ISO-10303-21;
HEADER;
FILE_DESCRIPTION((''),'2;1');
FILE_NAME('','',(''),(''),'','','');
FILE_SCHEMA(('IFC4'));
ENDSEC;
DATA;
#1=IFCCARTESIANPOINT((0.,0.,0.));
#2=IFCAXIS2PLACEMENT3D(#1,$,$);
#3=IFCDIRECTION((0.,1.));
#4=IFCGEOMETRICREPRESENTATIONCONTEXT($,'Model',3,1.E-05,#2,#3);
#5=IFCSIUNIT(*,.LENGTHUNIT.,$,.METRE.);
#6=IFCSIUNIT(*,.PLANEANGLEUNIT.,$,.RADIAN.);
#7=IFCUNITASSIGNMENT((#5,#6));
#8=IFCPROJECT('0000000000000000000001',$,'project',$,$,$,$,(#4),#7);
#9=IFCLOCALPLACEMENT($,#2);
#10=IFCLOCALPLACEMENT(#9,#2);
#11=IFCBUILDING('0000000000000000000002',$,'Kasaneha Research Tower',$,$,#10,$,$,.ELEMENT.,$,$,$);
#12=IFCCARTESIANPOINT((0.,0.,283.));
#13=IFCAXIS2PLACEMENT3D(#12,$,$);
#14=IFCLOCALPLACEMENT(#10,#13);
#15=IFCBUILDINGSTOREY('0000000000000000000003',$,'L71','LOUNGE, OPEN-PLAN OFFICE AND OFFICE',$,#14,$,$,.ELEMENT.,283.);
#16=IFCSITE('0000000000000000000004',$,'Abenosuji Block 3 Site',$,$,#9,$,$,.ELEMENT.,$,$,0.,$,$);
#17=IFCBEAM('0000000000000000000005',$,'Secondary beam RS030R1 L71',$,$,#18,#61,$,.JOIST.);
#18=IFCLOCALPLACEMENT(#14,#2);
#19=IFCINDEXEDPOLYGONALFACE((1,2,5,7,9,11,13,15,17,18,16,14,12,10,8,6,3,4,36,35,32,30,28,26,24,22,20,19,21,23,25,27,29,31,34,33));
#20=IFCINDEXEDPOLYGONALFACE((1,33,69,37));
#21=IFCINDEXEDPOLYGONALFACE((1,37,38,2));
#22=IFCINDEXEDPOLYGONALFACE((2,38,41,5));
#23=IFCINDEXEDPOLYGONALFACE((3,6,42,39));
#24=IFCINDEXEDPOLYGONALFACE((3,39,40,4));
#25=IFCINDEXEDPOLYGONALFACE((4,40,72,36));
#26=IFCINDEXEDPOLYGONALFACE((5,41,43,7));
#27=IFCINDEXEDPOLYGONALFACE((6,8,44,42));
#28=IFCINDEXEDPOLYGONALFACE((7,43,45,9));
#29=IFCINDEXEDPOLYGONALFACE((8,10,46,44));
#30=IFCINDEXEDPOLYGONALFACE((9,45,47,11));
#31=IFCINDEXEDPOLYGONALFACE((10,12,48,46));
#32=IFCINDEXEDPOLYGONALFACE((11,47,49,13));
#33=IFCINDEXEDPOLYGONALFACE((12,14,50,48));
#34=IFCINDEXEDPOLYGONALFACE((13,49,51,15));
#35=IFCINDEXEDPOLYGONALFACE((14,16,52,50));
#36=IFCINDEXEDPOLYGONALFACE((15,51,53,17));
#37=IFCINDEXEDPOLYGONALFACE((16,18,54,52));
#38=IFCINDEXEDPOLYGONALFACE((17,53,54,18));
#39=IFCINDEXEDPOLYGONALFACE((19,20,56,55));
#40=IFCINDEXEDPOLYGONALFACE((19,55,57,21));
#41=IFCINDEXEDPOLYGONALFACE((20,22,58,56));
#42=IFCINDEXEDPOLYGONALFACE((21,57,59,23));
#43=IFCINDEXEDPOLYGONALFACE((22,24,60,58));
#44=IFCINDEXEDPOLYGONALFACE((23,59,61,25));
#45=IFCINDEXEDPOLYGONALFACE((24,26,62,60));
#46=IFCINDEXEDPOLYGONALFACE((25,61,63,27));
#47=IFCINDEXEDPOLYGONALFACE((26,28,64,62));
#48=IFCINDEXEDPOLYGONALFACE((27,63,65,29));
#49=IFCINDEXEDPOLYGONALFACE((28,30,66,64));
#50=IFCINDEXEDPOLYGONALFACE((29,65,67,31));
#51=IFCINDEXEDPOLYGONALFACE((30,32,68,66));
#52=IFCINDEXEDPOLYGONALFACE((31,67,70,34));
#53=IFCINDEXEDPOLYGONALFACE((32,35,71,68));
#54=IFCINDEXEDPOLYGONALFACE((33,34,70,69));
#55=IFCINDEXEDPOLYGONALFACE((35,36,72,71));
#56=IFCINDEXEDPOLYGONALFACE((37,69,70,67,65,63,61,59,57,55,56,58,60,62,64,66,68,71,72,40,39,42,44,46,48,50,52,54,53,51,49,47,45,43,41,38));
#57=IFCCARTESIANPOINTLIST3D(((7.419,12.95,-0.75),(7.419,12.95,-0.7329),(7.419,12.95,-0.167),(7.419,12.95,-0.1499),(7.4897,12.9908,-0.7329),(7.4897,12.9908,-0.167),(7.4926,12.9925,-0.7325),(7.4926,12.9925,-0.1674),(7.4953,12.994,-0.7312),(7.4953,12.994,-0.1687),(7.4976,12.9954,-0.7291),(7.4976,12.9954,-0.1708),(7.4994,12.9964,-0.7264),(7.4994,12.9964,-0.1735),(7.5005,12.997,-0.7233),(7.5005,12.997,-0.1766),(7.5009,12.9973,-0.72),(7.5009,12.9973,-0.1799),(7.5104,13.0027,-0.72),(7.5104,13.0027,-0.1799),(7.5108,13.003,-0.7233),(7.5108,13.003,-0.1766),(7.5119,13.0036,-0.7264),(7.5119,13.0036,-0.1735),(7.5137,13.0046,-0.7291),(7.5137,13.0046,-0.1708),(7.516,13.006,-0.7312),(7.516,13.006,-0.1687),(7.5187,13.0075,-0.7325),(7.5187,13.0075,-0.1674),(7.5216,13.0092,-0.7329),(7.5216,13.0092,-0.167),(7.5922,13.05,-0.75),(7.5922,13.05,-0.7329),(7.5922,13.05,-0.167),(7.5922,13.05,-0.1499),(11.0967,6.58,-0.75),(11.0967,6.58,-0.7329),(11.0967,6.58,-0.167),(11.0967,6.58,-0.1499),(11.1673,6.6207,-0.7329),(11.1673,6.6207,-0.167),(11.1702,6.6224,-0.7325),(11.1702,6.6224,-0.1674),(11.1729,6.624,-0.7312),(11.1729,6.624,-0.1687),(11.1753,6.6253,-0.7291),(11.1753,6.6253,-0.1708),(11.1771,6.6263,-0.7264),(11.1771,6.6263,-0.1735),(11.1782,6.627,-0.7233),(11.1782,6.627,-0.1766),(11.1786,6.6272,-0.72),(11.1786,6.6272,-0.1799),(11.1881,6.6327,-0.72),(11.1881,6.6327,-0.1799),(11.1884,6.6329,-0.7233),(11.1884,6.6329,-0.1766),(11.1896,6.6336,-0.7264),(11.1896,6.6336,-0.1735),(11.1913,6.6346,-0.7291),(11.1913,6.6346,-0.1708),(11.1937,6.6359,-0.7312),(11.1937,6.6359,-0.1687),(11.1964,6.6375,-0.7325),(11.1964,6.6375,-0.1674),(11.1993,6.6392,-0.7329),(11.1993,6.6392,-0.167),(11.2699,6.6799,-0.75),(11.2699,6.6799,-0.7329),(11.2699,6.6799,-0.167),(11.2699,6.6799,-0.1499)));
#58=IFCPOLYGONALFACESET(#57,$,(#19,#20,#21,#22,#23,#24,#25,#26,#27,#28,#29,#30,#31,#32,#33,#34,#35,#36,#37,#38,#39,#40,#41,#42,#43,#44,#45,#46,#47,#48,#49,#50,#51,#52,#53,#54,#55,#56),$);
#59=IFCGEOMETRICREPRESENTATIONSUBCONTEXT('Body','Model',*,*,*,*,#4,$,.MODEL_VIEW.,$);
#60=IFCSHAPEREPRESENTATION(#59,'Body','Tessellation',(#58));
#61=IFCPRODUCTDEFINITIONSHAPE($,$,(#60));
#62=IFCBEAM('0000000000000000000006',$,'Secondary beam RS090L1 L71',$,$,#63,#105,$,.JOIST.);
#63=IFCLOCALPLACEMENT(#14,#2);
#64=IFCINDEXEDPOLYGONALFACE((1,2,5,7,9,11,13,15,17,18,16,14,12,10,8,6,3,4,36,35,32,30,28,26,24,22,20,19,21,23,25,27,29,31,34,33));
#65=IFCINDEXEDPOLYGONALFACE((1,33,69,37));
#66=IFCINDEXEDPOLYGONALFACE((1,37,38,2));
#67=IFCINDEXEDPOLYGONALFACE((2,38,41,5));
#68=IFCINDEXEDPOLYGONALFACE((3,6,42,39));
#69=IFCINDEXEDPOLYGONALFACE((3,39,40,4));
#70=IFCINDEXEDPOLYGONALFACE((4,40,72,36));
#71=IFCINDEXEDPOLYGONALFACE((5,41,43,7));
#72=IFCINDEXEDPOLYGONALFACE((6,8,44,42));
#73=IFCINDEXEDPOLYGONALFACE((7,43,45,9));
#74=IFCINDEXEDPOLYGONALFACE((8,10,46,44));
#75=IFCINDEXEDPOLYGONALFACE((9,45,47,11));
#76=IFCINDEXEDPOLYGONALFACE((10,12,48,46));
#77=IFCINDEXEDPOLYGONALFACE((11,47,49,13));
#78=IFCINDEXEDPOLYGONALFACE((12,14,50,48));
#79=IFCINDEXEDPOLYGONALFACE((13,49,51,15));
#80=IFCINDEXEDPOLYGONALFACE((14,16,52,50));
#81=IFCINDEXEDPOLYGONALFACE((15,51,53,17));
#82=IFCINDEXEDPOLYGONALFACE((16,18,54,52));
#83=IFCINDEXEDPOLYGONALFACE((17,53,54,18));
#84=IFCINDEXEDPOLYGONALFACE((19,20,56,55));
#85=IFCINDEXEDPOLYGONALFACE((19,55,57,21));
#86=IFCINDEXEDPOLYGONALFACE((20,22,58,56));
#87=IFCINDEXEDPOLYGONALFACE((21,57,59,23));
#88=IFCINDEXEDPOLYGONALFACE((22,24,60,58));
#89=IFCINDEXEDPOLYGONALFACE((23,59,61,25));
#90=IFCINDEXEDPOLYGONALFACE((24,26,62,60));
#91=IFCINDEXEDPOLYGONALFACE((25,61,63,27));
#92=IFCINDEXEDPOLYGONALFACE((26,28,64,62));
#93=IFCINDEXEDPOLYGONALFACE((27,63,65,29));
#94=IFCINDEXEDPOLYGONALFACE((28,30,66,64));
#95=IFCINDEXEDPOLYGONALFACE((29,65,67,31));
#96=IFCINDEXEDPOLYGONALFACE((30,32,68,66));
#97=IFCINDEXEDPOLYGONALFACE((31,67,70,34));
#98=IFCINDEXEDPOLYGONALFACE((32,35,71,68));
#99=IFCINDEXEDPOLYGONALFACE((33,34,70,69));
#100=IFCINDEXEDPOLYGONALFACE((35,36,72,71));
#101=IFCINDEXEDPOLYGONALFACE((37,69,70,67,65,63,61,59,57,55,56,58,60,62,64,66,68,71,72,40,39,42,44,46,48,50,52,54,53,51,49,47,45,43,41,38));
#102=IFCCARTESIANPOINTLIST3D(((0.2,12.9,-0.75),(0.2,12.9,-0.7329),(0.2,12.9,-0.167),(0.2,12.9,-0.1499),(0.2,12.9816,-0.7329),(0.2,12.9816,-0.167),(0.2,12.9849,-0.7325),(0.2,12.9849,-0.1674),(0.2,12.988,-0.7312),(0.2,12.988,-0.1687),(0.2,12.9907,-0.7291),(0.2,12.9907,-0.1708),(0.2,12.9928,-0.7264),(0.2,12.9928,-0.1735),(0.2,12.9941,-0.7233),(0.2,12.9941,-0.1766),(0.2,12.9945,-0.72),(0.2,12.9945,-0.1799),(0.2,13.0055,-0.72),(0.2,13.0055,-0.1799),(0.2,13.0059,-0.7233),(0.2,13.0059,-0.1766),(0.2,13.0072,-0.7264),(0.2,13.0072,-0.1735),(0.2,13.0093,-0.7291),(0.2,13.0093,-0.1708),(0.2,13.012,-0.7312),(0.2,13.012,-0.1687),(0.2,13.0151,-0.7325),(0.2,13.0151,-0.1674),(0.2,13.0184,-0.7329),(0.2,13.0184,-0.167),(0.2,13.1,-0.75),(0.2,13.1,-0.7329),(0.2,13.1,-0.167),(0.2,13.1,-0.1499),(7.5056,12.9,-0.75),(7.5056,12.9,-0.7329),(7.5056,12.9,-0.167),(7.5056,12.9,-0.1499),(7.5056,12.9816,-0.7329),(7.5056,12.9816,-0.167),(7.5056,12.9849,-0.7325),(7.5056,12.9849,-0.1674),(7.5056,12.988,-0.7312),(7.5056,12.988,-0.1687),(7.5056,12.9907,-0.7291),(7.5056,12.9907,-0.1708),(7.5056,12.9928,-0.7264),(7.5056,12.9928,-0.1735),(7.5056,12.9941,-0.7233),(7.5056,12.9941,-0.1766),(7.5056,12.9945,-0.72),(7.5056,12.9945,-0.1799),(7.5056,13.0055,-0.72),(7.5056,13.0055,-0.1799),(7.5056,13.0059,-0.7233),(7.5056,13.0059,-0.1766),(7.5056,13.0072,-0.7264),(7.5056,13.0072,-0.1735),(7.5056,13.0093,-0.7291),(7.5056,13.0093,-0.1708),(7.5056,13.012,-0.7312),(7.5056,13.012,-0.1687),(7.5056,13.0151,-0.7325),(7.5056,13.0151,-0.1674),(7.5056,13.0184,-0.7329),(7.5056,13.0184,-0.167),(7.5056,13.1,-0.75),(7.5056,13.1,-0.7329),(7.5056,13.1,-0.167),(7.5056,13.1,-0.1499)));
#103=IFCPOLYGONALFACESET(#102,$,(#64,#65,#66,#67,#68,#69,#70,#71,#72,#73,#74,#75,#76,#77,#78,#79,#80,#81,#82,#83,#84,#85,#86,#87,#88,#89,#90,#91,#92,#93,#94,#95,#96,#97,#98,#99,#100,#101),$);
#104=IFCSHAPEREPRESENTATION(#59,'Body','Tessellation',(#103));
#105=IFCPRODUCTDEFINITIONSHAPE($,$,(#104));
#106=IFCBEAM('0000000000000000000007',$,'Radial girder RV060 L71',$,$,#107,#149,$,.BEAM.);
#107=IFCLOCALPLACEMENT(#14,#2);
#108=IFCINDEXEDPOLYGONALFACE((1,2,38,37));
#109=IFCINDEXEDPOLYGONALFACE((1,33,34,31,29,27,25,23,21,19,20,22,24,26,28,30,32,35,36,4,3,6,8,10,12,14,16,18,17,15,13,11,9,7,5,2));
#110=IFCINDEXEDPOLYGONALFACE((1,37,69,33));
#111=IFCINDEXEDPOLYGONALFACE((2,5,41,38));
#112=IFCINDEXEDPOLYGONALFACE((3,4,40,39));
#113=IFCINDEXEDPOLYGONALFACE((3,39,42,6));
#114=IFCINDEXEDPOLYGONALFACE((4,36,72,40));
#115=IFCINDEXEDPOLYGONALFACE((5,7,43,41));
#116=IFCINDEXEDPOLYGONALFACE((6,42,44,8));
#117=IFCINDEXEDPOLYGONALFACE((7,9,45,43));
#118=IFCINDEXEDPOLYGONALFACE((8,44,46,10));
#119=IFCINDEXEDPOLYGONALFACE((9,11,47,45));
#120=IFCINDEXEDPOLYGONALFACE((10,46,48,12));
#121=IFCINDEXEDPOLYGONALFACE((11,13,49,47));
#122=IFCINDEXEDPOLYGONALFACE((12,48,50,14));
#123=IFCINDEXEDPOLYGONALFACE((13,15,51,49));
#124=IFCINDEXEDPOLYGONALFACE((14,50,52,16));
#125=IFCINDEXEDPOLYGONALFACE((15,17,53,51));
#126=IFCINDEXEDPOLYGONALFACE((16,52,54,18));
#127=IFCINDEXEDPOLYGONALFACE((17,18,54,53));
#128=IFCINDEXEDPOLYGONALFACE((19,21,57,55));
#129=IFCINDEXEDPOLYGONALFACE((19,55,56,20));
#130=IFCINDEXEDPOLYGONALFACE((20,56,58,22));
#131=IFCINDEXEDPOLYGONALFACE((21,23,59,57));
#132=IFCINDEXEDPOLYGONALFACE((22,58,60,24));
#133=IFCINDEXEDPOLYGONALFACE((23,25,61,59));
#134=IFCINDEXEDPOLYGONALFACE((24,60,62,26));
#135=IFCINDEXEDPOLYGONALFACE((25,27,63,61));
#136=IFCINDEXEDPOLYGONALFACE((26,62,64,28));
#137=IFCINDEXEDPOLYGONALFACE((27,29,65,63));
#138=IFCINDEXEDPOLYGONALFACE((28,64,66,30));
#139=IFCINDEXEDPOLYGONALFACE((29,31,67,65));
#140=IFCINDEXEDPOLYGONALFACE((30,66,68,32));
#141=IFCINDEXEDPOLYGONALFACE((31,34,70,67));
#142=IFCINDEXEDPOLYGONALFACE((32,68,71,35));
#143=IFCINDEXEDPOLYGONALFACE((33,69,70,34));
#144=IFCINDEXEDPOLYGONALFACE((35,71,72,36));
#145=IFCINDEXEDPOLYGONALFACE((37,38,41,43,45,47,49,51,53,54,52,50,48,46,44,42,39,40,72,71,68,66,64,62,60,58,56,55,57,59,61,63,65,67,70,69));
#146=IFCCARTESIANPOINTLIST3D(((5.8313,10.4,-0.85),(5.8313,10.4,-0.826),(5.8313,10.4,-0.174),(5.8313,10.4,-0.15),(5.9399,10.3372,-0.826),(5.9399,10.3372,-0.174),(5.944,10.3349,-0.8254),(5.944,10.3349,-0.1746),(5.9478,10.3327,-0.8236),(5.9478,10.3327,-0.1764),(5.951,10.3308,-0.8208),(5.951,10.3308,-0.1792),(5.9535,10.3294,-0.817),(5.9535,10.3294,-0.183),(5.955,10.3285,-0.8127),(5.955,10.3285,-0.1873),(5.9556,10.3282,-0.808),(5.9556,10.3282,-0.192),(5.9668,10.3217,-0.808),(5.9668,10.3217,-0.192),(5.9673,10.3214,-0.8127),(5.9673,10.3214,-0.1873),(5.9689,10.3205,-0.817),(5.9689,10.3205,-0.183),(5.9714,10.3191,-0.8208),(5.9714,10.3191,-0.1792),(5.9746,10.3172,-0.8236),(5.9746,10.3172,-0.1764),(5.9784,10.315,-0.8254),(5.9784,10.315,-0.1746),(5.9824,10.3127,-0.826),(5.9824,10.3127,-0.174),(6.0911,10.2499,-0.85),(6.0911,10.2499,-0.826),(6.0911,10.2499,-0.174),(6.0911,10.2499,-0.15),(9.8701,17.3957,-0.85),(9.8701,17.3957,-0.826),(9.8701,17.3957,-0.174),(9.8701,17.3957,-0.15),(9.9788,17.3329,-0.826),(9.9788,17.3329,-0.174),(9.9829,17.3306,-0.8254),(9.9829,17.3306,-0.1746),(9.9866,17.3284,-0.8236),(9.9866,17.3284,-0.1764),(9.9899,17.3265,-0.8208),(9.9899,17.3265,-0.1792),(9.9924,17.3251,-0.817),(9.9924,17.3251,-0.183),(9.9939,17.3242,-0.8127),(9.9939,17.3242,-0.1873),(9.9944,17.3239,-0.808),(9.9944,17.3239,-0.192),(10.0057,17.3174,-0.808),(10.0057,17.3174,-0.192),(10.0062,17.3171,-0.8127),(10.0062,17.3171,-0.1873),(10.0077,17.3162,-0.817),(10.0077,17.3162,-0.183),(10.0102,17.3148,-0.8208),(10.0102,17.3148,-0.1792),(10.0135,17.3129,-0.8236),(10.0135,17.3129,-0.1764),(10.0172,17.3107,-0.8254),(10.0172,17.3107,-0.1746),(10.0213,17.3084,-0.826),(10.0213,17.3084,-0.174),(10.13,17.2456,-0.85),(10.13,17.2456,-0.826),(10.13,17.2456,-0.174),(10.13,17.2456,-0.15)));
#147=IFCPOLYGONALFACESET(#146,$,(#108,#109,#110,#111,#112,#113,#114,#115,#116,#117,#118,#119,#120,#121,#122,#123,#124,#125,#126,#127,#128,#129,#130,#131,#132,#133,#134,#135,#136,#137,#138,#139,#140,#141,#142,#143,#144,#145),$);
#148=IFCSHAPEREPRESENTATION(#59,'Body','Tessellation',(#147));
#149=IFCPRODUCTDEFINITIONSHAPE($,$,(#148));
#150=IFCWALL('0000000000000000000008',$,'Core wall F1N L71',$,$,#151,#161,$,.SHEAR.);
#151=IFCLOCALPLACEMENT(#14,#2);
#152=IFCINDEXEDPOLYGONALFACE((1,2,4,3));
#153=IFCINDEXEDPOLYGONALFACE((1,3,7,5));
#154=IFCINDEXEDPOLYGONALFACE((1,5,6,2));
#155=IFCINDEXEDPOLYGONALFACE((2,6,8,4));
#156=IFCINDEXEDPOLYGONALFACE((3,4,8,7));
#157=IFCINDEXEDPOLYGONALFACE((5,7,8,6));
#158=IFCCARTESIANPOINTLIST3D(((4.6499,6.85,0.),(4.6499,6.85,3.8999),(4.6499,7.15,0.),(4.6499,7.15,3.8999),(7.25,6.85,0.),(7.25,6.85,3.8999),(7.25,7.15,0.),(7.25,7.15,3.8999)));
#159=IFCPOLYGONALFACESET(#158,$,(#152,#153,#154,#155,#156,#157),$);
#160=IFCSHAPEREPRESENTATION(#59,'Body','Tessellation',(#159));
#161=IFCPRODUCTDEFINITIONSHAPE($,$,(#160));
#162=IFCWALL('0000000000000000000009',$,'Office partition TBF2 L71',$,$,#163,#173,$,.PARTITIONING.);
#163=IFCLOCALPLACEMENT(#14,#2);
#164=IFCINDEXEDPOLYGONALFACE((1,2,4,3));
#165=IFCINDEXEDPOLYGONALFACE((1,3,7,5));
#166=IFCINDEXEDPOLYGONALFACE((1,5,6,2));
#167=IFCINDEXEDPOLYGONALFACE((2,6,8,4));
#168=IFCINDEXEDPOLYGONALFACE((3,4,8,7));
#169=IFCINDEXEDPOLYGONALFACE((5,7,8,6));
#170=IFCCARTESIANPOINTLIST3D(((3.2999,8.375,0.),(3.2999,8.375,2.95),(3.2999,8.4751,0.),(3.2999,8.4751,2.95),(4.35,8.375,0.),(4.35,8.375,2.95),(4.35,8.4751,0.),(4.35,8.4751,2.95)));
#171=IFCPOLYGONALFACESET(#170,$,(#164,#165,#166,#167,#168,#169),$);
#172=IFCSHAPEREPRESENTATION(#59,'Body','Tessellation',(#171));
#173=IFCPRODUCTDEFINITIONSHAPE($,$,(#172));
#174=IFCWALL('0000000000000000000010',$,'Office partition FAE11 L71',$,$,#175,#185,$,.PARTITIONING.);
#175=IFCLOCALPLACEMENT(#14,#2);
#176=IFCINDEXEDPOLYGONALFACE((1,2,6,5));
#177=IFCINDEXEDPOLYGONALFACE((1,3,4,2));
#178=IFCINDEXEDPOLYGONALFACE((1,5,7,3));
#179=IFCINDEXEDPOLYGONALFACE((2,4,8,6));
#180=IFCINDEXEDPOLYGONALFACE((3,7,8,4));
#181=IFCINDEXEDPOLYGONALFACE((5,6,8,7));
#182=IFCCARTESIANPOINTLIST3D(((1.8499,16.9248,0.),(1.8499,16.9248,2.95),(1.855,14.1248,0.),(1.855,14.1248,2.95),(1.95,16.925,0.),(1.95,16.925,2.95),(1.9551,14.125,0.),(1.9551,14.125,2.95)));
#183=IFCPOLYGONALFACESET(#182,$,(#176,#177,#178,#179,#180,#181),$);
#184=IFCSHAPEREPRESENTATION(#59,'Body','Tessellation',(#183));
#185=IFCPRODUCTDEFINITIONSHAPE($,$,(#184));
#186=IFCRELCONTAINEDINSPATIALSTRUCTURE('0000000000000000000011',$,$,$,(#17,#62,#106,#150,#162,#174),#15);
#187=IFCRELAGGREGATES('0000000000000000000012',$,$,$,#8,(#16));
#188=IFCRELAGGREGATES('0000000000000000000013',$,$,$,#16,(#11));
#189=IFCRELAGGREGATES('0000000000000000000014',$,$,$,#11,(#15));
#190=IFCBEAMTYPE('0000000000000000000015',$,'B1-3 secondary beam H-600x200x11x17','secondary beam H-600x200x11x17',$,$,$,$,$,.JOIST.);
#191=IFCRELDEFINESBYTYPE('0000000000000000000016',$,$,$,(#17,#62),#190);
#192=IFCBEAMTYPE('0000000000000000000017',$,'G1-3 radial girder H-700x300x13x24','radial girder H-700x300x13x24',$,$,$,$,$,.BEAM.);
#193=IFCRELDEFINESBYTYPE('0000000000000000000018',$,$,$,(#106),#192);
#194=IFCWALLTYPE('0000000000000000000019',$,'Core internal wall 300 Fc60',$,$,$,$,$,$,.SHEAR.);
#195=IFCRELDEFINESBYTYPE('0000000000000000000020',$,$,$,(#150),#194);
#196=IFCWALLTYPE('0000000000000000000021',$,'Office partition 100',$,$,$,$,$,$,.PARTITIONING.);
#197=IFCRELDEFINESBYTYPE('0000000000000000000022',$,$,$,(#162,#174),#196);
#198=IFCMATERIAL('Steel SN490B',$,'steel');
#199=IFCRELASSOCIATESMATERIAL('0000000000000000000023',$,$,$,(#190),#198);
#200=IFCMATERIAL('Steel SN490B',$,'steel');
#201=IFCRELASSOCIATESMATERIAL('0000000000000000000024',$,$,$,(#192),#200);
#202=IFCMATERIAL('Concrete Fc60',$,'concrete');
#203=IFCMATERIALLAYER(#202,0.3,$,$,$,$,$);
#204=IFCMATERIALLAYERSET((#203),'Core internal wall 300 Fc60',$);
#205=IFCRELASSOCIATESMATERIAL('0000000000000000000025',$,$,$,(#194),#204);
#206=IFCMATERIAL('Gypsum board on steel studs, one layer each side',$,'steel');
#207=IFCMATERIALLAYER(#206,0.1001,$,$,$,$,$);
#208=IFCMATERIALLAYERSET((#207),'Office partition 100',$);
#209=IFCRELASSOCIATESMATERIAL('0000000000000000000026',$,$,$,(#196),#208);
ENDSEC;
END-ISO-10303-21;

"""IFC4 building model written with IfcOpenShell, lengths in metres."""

from ifc_helpers import new_model, si_unit, direction, frame, frame_2d, origin, origin_2d, place, context, subcontext, project, spatial, rectangle, i_section, extrude, material, layer, layer_set, material_profile, profile_set, type_object, element, save


model = new_model("IFC4")

# Units and contexts
model_context = context("Model", 3, precision=1e-05, world=origin(), true_north=direction((0.0, 1.0)))
body_context = subcontext(model_context, "Body", "Model", "MODEL_VIEW")
ifc_project = project(units=[si_unit("LENGTHUNIT", "METRE"), si_unit("PLANEANGLEUNIT", "RADIAN")], contexts=[model_context])

# Site, building, storey
site_placement = place(None, origin())
site = spatial("IfcSite", under=ifc_project, at=site_placement, Name="Abenosuji Block 3 Site", CompositionType="ELEMENT", RefElevation=0.0)
building_placement = place(site_placement, origin())
building = spatial("IfcBuilding", under=site, at=building_placement, Name="Kasaneha Research Tower", CompositionType="ELEMENT")
storey_placement = place(building_placement, frame((0.0, 0.0, 283.0)))
storey = spatial("IfcBuildingStorey", under=building, at=storey_placement, Name="L71", Description="LOUNGE, OPEN-PLAN OFFICE AND OFFICE", CompositionType="ELEMENT", Elevation=283.0)

# Beams
ifc_material_1 = material(Name="Steel SN490B", Category="steel")
ifc_material_profile_1 = material_profile(ifc_material_1, i_section(OverallWidth=0.2, OverallDepth=0.6001, WebThickness=0.011, FlangeThickness=0.0171, FilletRadius=0.0129, at=origin_2d()), Name="H-600x200x11x17")
ifc_profile_set_1 = profile_set([ifc_material_profile_1], Name="Steel SN490B")
beam_type_1 = type_object("IfcBeamType", Name="B1-3 secondary beam H-600x200x11x17", Description="secondary beam H-600x200x11x17", PredefinedType="JOIST", material=ifc_profile_set_1)
beam_1_placement = place(storey_placement, frame((7.5056, 13.0, -0.45), z_axis=(0.499994, -0.866029, 0.0), x_axis=(0.866029, 0.499994, 0.0)))
element("IfcBeam", 1, at=beam_1_placement, inside=storey, type_object=beam_type_1, Name="Secondary beam RS030R1 L71", PredefinedType="JOIST", context=body_context, shape_type="SweptSolid", body=[
    extrude(i_section(OverallWidth=0.2, OverallDepth=0.6001, WebThickness=0.011, FlangeThickness=0.0171, FilletRadius=0.0129, at=origin_2d()), origin(), (0.0, 0.0, 1.0), 7.3555),
])
beam_2_placement = place(storey_placement, frame((7.5056, 13.0, -0.45), z_axis=(-1.0, 0.0, 0.0), x_axis=(0.0, -1.0, 0.0)))
element("IfcBeam", 2, at=beam_2_placement, inside=storey, type_object=beam_type_1, Name="Secondary beam RS090L1 L71", PredefinedType="JOIST", context=body_context, shape_type="SweptSolid", body=[
    extrude(i_section(OverallWidth=0.2, OverallDepth=0.6001, WebThickness=0.011, FlangeThickness=0.0171, FilletRadius=0.0129, at=origin_2d()), origin(), (0.0, 0.0, 1.0), 7.3057),
])
ifc_material_2 = material(Name="Steel SN490B", Category="steel")
ifc_material_profile_2 = material_profile(ifc_material_2, i_section(OverallWidth=0.3, OverallDepth=0.7, WebThickness=0.0129, FlangeThickness=0.0239, FilletRadius=0.0181, at=origin_2d()), Name="H-700x300x13x24")
ifc_profile_set_2 = profile_set([ifc_material_profile_2], Name="Steel SN490B")
beam_type_2 = type_object("IfcBeamType", Name="G1-3 radial girder H-700x300x13x24", Description="radial girder H-700x300x13x24", PredefinedType="BEAM", material=ifc_profile_set_2)
beam_3_placement = place(storey_placement, frame((5.9612, 10.325, -0.5), z_axis=(0.499991, 0.866031, 0.0), x_axis=(-0.866031, 0.499991, 0.0)))
element("IfcBeam", 3, at=beam_3_placement, inside=storey, type_object=beam_type_2, Name="Radial girder RV060 L71", PredefinedType="BEAM", context=body_context, shape_type="SweptSolid", body=[
    extrude(i_section(OverallWidth=0.3, OverallDepth=0.7, WebThickness=0.0129, FlangeThickness=0.0239, FilletRadius=0.0181, at=origin_2d()), origin(), (0.0, 0.0, 1.0), 8.0779),
])

# Wall
ifc_material_3 = material(Name="Concrete Fc60", Category="concrete")
ifc_layer_1 = layer(ifc_material_3, 0.3)
ifc_layer_set_1 = layer_set([ifc_layer_1], Name="Core internal wall 300 Fc60")
wall_type_1 = type_object("IfcWallType", Name="Core internal wall 300 Fc60", PredefinedType="SHEAR", material=ifc_layer_set_1)
wall_1_placement = place(storey_placement, frame((4.6499, 7.0, 0.0), z_axis=(0.0, 0.0, 1.0), x_axis=(1.0, 0.0, 0.0)))
element("IfcWall", 4, at=wall_1_placement, inside=storey, type_object=wall_type_1, Name="Core wall F1N L71", PredefinedType="SHEAR", context=body_context, shape_type="SweptSolid", body=[
    extrude(rectangle(XDim=2.6001, YDim=0.3, at=frame_2d((1.3, 0.0))), origin(), (0.0, 0.0, 1.0), 3.8999),
])

# Walls
ifc_material_4 = material(Name="Gypsum board on steel studs, one layer each side", Category="steel")
ifc_layer_2 = layer(ifc_material_4, 0.1001)
ifc_layer_set_2 = layer_set([ifc_layer_2], Name="Office partition 100")
wall_type_2 = type_object("IfcWallType", Name="Office partition 100", PredefinedType="PARTITIONING", material=ifc_layer_set_2)
wall_2_placement = place(storey_placement, frame((3.3, 8.425, 0.0), z_axis=(0.0, 0.0, 1.0), x_axis=(1.0, 0.0, 0.0)))
element("IfcWall", 5, at=wall_2_placement, inside=storey, type_object=wall_type_2, Name="Office partition TBF2 L71", PredefinedType="PARTITIONING", context=body_context, shape_type="SweptSolid", body=[
    extrude(rectangle(XDim=1.05, YDim=0.1001, at=frame_2d((0.5249, 0.0))), origin(), (0.0, 0.0, 1.0), 2.95),
])
wall_3_placement = place(storey_placement, frame((1.905, 14.125, 0.0), z_axis=(0.0, 0.0, 1.0), x_axis=(-0.001831, 0.999998, 0.0)))
element("IfcWall", 6, at=wall_3_placement, inside=storey, type_object=wall_type_2, Name="Office partition FAE11 L71", PredefinedType="PARTITIONING", context=body_context, shape_type="SweptSolid", body=[
    extrude(rectangle(XDim=2.8, YDim=0.1001, at=frame_2d((1.3999, 0.0))), origin(), (0.0, 0.0, 1.0), 2.95),
])

save(model, "model.ifc")
